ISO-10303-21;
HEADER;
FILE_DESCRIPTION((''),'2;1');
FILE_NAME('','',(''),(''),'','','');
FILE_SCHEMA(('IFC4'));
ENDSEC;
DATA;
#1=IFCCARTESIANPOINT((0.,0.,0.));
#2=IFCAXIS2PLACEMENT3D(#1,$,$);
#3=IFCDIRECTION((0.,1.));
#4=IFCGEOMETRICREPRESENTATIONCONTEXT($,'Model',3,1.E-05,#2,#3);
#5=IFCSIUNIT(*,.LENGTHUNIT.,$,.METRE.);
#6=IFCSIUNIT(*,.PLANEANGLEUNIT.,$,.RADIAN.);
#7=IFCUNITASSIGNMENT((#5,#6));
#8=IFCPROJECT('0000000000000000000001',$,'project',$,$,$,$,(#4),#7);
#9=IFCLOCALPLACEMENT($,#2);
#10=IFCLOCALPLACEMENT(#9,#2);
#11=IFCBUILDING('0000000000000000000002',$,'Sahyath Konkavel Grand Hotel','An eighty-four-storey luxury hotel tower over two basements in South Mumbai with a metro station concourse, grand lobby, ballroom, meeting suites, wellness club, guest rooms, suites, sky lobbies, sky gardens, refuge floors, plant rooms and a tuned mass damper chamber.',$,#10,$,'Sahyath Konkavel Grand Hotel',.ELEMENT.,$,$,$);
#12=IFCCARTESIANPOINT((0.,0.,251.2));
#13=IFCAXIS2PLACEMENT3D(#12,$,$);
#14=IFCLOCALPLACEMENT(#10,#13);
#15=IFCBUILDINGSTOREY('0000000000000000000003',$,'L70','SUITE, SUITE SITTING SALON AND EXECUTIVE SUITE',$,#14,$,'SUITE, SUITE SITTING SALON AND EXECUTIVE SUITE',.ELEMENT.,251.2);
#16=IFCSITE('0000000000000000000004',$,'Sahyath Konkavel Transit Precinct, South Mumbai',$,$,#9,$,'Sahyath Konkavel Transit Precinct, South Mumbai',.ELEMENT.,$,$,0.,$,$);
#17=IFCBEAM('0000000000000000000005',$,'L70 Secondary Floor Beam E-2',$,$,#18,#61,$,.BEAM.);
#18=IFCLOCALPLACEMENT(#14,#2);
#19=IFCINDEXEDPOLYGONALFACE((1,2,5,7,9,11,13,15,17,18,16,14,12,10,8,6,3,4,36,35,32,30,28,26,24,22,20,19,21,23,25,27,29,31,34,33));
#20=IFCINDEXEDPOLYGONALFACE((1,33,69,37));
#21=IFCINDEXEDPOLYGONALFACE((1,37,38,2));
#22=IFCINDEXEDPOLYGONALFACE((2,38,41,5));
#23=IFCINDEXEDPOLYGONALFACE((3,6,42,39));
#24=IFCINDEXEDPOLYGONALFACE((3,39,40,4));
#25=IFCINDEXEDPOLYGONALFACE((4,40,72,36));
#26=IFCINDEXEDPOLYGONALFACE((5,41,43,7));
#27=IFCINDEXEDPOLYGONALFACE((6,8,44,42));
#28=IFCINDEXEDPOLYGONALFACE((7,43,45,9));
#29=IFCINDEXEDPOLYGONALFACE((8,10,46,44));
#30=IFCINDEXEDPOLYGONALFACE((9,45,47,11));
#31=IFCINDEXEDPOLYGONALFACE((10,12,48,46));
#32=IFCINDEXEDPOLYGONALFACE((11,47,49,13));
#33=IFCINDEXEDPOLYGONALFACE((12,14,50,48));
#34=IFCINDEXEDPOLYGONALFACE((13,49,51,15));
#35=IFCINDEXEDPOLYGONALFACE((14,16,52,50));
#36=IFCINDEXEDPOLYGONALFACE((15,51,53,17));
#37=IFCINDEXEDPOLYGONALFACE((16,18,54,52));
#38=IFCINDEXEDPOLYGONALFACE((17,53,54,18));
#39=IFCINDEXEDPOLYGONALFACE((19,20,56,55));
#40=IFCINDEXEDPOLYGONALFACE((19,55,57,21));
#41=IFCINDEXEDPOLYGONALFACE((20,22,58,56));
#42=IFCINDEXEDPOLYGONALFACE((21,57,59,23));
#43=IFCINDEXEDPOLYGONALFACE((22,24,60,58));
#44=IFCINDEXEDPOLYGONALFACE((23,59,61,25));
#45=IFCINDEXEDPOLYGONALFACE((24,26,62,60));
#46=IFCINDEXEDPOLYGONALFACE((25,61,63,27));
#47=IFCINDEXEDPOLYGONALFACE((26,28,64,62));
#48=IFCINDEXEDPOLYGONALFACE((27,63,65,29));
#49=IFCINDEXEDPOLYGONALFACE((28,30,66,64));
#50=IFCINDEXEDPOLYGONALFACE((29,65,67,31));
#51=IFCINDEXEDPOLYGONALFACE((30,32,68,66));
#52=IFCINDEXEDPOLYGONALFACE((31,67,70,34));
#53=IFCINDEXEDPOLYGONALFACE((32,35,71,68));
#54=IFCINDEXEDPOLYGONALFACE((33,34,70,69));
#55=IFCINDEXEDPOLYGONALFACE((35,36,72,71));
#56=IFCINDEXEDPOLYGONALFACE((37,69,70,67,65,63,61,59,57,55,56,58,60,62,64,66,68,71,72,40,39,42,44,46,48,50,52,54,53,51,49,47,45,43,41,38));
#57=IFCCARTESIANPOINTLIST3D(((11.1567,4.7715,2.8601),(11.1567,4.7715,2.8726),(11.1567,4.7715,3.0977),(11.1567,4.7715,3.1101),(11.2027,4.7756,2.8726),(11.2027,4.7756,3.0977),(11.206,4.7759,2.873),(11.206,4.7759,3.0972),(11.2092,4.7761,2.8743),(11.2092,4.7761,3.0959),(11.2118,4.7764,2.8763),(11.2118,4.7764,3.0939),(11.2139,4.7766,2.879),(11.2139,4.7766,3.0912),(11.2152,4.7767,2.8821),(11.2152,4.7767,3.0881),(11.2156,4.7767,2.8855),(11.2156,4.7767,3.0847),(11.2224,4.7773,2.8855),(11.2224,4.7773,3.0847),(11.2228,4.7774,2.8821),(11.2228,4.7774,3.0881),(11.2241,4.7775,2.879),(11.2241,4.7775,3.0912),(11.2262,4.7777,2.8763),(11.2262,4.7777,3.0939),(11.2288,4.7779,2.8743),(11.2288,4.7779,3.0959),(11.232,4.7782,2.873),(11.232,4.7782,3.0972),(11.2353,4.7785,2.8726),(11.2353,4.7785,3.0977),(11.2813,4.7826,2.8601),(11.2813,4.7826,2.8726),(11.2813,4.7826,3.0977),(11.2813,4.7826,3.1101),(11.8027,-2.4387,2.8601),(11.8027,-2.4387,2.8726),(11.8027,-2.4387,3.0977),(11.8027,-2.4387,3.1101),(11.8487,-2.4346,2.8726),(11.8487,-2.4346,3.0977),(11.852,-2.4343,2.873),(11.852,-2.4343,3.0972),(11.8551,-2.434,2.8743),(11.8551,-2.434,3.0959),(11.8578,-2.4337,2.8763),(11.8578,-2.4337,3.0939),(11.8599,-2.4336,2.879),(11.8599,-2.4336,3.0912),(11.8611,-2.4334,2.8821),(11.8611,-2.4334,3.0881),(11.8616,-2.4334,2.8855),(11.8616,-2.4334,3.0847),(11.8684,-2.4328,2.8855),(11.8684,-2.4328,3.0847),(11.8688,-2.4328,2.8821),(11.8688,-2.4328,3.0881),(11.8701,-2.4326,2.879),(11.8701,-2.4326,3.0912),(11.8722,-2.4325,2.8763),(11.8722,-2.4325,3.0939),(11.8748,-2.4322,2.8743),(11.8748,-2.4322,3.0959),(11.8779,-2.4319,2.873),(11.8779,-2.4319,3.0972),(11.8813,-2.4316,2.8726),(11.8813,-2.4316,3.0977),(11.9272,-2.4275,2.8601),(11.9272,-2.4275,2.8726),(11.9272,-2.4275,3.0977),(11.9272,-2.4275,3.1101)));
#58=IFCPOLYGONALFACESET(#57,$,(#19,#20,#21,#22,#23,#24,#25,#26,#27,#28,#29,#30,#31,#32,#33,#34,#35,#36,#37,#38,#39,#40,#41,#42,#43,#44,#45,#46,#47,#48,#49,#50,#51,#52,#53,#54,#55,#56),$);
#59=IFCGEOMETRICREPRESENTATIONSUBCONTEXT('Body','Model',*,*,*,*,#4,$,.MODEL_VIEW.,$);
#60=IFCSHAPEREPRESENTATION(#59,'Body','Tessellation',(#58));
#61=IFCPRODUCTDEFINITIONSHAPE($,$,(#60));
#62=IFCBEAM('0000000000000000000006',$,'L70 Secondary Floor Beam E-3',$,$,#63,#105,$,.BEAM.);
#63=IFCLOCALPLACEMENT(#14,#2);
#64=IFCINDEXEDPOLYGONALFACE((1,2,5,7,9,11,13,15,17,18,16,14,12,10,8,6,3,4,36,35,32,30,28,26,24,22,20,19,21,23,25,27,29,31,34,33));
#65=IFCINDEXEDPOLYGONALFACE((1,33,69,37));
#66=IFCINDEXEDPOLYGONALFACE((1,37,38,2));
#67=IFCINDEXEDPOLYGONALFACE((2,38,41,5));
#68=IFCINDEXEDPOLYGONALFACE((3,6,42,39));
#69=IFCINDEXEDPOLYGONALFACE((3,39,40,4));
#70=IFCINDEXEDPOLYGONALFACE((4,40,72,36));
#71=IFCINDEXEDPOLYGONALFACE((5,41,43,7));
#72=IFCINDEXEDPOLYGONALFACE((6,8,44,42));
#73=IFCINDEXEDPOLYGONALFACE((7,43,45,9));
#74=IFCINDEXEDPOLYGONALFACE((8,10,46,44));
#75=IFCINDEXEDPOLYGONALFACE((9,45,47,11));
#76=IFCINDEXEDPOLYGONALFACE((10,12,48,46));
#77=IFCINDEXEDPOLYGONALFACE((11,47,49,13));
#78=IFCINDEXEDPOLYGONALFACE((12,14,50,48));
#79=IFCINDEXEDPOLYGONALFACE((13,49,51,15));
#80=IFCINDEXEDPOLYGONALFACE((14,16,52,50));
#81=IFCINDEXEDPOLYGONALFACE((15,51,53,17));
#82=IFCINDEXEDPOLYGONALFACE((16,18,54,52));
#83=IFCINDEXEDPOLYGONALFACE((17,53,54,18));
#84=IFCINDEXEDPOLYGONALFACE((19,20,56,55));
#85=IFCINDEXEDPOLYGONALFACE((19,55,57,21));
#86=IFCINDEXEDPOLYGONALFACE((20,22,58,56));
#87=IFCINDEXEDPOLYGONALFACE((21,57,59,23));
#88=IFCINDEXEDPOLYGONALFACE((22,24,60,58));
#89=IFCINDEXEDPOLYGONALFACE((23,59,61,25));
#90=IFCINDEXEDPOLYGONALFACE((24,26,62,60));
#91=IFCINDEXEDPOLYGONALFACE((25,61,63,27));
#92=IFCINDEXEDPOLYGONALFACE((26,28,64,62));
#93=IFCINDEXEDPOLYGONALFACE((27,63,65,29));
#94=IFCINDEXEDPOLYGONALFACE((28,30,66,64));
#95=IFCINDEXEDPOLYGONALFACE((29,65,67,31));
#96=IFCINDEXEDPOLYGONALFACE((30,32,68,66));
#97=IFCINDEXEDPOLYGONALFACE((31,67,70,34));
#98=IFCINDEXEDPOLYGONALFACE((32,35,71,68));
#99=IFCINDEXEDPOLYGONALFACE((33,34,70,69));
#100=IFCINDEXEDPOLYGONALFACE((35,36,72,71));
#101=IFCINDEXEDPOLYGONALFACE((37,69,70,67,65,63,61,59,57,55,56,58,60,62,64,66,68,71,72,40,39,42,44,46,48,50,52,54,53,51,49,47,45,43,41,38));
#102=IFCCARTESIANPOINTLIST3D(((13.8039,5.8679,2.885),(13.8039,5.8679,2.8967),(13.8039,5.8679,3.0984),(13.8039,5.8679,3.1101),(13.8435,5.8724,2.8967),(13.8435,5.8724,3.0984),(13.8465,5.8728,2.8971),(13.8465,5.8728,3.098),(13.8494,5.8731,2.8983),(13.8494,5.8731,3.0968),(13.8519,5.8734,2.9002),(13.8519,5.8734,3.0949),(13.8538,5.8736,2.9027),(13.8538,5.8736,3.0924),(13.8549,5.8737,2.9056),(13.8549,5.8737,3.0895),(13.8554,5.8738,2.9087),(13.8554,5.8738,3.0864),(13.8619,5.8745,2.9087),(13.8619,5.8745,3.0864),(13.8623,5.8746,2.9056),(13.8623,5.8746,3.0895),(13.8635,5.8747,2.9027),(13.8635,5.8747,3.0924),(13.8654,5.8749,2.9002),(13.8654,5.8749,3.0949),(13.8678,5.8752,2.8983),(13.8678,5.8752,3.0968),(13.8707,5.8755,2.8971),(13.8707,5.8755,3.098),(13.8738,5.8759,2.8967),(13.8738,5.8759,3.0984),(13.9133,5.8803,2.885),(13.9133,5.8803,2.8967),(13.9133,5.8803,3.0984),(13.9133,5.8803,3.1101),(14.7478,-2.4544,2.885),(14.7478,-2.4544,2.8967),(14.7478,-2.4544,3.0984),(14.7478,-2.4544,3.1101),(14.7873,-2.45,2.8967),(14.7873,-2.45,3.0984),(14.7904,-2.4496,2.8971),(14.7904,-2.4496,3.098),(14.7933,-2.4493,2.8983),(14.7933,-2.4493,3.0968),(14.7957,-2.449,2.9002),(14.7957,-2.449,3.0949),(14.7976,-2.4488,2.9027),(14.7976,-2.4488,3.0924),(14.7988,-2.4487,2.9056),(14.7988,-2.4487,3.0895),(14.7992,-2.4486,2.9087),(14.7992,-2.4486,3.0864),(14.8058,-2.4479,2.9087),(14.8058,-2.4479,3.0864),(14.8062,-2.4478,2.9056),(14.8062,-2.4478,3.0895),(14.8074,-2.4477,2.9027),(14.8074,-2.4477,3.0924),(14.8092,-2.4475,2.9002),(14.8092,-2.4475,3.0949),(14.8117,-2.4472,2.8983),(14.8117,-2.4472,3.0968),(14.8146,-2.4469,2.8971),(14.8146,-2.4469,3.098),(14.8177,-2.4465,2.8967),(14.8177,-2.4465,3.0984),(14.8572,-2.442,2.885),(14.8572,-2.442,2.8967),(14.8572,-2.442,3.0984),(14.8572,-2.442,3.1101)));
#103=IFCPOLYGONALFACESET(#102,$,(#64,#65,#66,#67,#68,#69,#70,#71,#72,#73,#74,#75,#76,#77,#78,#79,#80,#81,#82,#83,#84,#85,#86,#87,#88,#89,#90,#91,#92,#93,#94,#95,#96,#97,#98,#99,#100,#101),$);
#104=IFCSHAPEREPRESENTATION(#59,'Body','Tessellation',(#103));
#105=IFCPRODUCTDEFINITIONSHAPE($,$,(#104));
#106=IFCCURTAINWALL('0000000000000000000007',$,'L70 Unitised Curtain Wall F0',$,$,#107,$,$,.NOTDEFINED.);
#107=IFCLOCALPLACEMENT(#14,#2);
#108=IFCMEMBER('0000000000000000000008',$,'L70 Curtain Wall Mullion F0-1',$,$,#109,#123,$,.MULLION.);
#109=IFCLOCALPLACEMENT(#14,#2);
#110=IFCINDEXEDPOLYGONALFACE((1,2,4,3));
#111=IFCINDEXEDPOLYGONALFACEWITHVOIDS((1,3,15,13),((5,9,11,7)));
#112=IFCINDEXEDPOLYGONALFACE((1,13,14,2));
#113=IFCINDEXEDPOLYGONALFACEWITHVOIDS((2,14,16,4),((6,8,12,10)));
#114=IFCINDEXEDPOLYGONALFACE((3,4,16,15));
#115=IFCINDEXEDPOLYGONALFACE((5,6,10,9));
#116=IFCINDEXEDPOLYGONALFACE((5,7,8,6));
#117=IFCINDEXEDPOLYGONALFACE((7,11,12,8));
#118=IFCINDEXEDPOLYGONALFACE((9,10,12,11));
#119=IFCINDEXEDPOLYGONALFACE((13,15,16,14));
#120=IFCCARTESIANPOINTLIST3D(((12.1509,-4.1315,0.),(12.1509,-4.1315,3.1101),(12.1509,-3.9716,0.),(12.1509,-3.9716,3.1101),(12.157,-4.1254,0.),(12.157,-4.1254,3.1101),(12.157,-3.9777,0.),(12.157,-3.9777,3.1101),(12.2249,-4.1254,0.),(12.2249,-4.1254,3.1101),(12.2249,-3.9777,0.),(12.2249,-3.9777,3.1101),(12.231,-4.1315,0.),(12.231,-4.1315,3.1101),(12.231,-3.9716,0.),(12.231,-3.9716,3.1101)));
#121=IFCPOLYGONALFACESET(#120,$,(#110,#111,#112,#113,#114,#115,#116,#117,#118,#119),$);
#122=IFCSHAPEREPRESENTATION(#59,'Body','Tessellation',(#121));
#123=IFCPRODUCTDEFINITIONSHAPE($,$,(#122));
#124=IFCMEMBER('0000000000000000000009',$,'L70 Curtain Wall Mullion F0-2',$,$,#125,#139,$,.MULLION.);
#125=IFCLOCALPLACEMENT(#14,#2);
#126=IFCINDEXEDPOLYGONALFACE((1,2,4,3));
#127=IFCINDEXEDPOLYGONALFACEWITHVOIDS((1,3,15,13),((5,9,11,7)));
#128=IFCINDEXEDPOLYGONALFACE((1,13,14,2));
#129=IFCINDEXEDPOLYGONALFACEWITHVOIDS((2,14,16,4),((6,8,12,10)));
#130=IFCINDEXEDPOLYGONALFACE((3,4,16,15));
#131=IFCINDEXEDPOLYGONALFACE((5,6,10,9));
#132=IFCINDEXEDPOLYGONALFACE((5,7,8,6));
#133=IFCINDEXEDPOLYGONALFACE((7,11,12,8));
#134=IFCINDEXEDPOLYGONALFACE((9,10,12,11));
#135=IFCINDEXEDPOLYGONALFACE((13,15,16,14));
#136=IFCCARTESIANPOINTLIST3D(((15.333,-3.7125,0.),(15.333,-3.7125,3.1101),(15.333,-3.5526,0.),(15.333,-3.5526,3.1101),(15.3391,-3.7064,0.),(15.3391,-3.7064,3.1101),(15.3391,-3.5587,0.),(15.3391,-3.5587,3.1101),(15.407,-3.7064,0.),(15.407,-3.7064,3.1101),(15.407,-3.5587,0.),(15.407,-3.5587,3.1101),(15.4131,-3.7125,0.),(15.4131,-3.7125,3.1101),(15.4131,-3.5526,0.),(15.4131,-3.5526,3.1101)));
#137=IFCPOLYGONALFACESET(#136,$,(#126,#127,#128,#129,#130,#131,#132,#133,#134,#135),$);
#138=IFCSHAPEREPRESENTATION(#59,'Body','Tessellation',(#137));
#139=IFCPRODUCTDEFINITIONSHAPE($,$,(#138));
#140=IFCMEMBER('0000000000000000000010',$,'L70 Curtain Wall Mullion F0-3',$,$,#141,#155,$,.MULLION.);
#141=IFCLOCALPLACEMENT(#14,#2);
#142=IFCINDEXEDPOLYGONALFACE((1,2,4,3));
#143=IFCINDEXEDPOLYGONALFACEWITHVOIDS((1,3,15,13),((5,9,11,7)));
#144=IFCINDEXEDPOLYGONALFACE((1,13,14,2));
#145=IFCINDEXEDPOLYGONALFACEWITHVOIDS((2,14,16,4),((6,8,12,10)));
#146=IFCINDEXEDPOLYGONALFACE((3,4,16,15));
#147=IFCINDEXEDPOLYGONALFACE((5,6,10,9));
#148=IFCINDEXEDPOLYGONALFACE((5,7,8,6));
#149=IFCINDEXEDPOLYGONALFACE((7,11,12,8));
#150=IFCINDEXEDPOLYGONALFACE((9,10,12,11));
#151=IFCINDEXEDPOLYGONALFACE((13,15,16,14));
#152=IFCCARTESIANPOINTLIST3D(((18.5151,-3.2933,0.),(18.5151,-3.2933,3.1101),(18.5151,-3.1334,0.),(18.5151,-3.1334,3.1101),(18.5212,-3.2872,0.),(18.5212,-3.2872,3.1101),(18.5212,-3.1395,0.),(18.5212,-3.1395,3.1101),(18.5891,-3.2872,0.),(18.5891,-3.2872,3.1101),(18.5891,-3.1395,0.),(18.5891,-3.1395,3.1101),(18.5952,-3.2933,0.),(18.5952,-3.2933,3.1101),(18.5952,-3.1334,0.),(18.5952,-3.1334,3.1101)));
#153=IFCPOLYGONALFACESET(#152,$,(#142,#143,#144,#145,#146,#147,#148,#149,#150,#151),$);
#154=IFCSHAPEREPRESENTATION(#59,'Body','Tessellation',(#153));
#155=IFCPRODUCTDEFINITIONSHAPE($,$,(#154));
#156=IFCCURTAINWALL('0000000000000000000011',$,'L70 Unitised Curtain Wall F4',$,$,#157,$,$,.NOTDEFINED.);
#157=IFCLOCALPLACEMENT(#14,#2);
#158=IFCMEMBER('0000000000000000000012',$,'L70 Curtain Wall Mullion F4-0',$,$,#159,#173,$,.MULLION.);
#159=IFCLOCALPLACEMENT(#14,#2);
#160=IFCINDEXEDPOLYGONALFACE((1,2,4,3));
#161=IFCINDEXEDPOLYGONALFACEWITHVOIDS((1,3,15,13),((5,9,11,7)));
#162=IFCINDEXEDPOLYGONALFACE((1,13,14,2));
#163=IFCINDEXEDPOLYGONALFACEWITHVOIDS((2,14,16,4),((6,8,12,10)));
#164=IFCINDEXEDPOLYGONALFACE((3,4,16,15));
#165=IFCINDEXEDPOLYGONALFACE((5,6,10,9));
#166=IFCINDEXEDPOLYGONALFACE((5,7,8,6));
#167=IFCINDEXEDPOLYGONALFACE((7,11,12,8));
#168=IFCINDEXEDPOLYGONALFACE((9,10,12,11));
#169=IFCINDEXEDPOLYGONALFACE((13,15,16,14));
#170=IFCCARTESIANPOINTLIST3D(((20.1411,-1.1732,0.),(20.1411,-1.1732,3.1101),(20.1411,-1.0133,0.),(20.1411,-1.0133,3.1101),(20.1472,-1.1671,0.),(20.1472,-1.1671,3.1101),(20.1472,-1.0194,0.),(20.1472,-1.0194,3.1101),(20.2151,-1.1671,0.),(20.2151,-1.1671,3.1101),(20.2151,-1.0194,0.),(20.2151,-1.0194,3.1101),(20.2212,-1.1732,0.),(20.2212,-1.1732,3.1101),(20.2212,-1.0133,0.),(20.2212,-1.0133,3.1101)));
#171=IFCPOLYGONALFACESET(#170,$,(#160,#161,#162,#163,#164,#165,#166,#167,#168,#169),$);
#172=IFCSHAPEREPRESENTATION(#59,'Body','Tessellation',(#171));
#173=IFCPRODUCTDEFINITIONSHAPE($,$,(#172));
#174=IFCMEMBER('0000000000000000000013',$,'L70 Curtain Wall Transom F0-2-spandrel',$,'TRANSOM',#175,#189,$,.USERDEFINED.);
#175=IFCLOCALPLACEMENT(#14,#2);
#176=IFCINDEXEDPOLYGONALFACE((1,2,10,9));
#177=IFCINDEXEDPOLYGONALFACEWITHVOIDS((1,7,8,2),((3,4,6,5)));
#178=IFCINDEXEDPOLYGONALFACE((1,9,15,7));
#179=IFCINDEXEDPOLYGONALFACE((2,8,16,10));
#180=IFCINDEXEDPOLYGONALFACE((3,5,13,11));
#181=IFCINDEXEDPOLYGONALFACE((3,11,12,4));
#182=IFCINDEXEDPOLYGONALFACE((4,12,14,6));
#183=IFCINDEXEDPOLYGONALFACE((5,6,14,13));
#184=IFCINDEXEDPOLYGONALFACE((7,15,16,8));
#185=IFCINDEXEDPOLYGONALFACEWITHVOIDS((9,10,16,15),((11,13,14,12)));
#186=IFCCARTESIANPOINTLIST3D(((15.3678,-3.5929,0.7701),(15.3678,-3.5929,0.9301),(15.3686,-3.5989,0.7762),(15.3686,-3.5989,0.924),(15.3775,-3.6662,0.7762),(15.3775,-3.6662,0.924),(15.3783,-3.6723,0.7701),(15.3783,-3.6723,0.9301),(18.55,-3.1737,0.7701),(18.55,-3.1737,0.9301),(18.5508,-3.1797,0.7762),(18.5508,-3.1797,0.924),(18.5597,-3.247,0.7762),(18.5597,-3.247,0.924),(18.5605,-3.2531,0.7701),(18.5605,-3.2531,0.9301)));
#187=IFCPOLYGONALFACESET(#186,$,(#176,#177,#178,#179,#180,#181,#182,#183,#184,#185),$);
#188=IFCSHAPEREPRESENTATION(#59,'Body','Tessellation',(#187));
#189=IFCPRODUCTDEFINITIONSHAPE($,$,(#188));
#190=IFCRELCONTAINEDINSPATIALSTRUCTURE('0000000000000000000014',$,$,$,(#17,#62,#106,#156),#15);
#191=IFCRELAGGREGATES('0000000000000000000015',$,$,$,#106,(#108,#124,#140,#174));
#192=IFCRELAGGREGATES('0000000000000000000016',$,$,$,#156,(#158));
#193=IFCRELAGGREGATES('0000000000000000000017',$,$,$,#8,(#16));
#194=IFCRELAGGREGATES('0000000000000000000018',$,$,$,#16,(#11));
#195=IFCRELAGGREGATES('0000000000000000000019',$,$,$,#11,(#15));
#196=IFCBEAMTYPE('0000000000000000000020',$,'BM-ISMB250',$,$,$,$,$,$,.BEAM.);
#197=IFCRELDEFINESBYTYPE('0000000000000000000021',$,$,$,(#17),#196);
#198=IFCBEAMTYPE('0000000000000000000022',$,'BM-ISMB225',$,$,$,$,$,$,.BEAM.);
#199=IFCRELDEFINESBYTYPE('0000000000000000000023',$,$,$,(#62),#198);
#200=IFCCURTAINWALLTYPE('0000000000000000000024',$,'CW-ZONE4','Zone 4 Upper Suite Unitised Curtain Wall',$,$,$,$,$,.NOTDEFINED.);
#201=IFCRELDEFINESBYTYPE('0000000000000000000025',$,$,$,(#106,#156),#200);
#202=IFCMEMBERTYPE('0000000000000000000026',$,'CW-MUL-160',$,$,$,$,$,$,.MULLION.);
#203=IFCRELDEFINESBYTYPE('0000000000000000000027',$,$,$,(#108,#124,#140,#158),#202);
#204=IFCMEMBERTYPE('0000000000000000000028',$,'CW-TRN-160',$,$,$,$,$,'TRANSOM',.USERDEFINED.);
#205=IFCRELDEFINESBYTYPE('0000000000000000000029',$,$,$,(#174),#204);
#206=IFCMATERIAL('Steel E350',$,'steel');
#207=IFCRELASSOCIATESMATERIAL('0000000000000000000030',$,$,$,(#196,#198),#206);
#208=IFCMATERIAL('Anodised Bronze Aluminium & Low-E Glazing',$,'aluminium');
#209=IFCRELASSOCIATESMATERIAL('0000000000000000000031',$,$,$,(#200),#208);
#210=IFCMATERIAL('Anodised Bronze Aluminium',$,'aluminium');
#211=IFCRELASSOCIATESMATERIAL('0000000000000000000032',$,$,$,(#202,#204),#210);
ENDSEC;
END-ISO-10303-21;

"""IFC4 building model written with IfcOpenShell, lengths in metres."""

from ifc_helpers import new_model, si_unit, direction, frame, origin, origin_2d, place, context, subcontext, project, spatial, hollow_rectangle, i_section, extrude, source, transform, mapped, material, material_profile, profile_set, type_object, element, aggregate, save


model = new_model("IFC4")

# Units and contexts
model_context = context("Model", 3, precision=1e-05, world=origin(), true_north=direction((0.0, 1.0)))
body_context = subcontext(model_context, "Body", "Model", "MODEL_VIEW")
ifc_project = project(units=[si_unit("LENGTHUNIT", "METRE"), si_unit("PLANEANGLEUNIT", "RADIAN")], contexts=[model_context])

# Site, building, storey
site_placement = place(None, origin())
site = spatial("IfcSite", under=ifc_project, at=site_placement, Name="Sahyath Konkavel Transit Precinct, South Mumbai", LongName="Sahyath Konkavel Transit Precinct, South Mumbai", CompositionType="ELEMENT", RefElevation=0.0)
building_placement = place(site_placement, origin())
building = spatial("IfcBuilding", under=site, at=building_placement, Name="Sahyath Konkavel Grand Hotel", Description="An eighty-four-storey luxury hotel tower over two basements in South Mumbai with a metro station concourse, grand lobby, ballroom, meeting suites, wellness club, guest rooms, suites, sky lobbies, sky gardens, refuge floors, plant rooms and a tuned mass damper chamber.", LongName="Sahyath Konkavel Grand Hotel", CompositionType="ELEMENT")
storey_placement = place(building_placement, frame((0.0, 0.0, 251.2)))
storey = spatial("IfcBuildingStorey", under=building, at=storey_placement, Name="L70", Description="SUITE, SUITE SITTING SALON AND EXECUTIVE SUITE", LongName="SUITE, SUITE SITTING SALON AND EXECUTIVE SUITE", CompositionType="ELEMENT", Elevation=251.2)

# Beams
ifc_material_1 = material(Name="Steel E350", Category="steel")
ifc_material_profile_1 = material_profile(ifc_material_1, i_section(OverallWidth=0.125, OverallDepth=0.25, WebThickness=0.0068, FlangeThickness=0.0125, FilletRadius=0.0129, at=origin_2d()), Name="ISMB 250")
ifc_profile_set_1 = profile_set([ifc_material_profile_1], Name="Steel E350")
beam_type_1 = type_object("IfcBeamType", Name="BM-ISMB250", PredefinedType="BEAM", material=ifc_profile_set_1)
shared_shape_1 = source(origin(), body_context, "Body", "SweptSolid", [
    extrude(i_section(OverallWidth=0.125, OverallDepth=0.25, WebThickness=0.0068, FlangeThickness=0.0125, FilletRadius=0.0129, at=origin_2d()), origin(), (0.0, 0.0, 1.0), 7.239),
])
beam_1_placement = place(storey_placement, frame((11.865, -2.4331, 2.9851), z_axis=(-0.089237, 0.99601, 0.0), x_axis=(-0.99601, -0.089237, 0.0)))
element("IfcBeam", 1, at=beam_1_placement, inside=storey, type_object=beam_type_1, Name="L70 Secondary Floor Beam E-2", PredefinedType="BEAM", context=body_context, shape_type="MappedRepresentation", body=[
    mapped(shared_shape_1, transform((0.0, 0.0, 0.0), scale=1.0)),
])
ifc_material_profile_2 = material_profile(ifc_material_1, i_section(OverallWidth=0.1101, OverallDepth=0.2251, WebThickness=0.0066, FlangeThickness=0.0117, FilletRadius=0.012, at=origin_2d()), Name="ISMB 225")
ifc_profile_set_2 = profile_set([ifc_material_profile_2], Name="Steel E350")
beam_type_2 = type_object("IfcBeamType", Name="BM-ISMB225", PredefinedType="BEAM", material=ifc_profile_set_2)
shared_shape_2 = source(origin(), body_context, "Body", "SweptSolid", [
    extrude(i_section(OverallWidth=0.1101, OverallDepth=0.2251, WebThickness=0.0066, FlangeThickness=0.0117, FilletRadius=0.012, at=origin_2d()), origin(), (0.0, 0.0, 1.0), 8.3757),
])
beam_2_placement = place(storey_placement, frame((14.8025, -2.4482, 2.9976), z_axis=(-0.11269, 0.99363, 0.0), x_axis=(-0.99363, -0.11269, 0.0)))
element("IfcBeam", 2, at=beam_2_placement, inside=storey, type_object=beam_type_2, Name="L70 Secondary Floor Beam E-3", PredefinedType="BEAM", context=body_context, shape_type="MappedRepresentation", body=[
    mapped(shared_shape_2, transform((0.0, 0.0, 0.0), scale=1.0)),
])

# Curtain wall, members
ifc_material_2 = material(Name="Anodised Bronze Aluminium & Low-E Glazing", Category="aluminium")
curtain_wall_type = type_object("IfcCurtainWallType", Name="CW-ZONE4", Description="Zone 4 Upper Suite Unitised Curtain Wall", PredefinedType="NOTDEFINED", material=ifc_material_2)
curtain_wall_1_placement = place(storey_placement, origin())
curtain_wall_1 = element("IfcCurtainWall", 3, at=curtain_wall_1_placement, inside=storey, type_object=curtain_wall_type, Name="L70 Unitised Curtain Wall F0", PredefinedType="NOTDEFINED")
ifc_material_3 = material(Name="Anodised Bronze Aluminium", Category="aluminium")
ifc_material_profile_3 = material_profile(ifc_material_3, hollow_rectangle(XDim=0.0801, YDim=0.1599, WallThickness=0.0061, at=origin_2d()), Name="RHS 160x80x6")
ifc_profile_set_3 = profile_set([ifc_material_profile_3], Name="Anodised Bronze Aluminium")
member_type_1 = type_object("IfcMemberType", Name="CW-MUL-160", PredefinedType="MULLION", material=ifc_profile_set_3)
shared_shape_3 = source(origin(), body_context, "Body", "SweptSolid", [
    extrude(hollow_rectangle(XDim=0.0801, YDim=0.1599, WallThickness=0.0061, at=origin_2d()), origin(), (0.0, 0.0, 1.0), 3.1101),
])
member_1_placement = place(storey_placement, frame((12.1909, -4.0515, 0.0), z_axis=(0.0, 0.0, 1.0), x_axis=(1.0, 0.0, 0.0)))
member_1 = element("IfcMember", 4, at=member_1_placement, type_object=member_type_1, Name="L70 Curtain Wall Mullion F0-1", PredefinedType="MULLION", context=body_context, shape_type="MappedRepresentation", body=[
    mapped(shared_shape_3, transform((0.0, 0.0, 0.0), scale=1.0)),
])
member_2_placement = place(storey_placement, frame((15.373, -3.6326, 0.0), z_axis=(0.0, 0.0, 1.0), x_axis=(1.0, 0.0, 0.0)))
member_2 = element("IfcMember", 5, at=member_2_placement, type_object=member_type_1, Name="L70 Curtain Wall Mullion F0-2", PredefinedType="MULLION", context=body_context, shape_type="MappedRepresentation", body=[
    mapped(shared_shape_3, transform((0.0, 0.0, 0.0), scale=1.0)),
])
member_3_placement = place(storey_placement, frame((18.5552, -3.2134, 0.0), z_axis=(0.0, 0.0, 1.0), x_axis=(1.0, 0.0, 0.0)))
member_3 = element("IfcMember", 6, at=member_3_placement, type_object=member_type_1, Name="L70 Curtain Wall Mullion F0-3", PredefinedType="MULLION", context=body_context, shape_type="MappedRepresentation", body=[
    mapped(shared_shape_3, transform((0.0, 0.0, 0.0), scale=1.0)),
])

# Curtain wall, member
curtain_wall_2_placement = place(storey_placement, origin())
curtain_wall_2 = element("IfcCurtainWall", 7, at=curtain_wall_2_placement, inside=storey, type_object=curtain_wall_type, Name="L70 Unitised Curtain Wall F4", PredefinedType="NOTDEFINED")
member_4_placement = place(storey_placement, frame((20.1812, -1.0933, 0.0), z_axis=(0.0, 0.0, 1.0), x_axis=(1.0, 0.0, 0.0)))
member_4 = element("IfcMember", 8, at=member_4_placement, type_object=member_type_1, Name="L70 Curtain Wall Mullion F4-0", PredefinedType="MULLION", context=body_context, shape_type="MappedRepresentation", body=[
    mapped(shared_shape_3, transform((0.0, 0.0, 0.0), scale=1.0)),
])

# Member
ifc_material_profile_4 = material_profile(ifc_material_3, hollow_rectangle(XDim=0.0801, YDim=0.1599, WallThickness=0.0061, at=origin_2d()), Name="RHS 160x80x6")
ifc_profile_set_4 = profile_set([ifc_material_profile_4], Name="Anodised Bronze Aluminium")
member_type_2 = type_object("IfcMemberType", Name="CW-TRN-160", ElementType="TRANSOM", PredefinedType="USERDEFINED", material=ifc_profile_set_4)
shared_shape_4 = source(origin(), body_context, "Body", "SweptSolid", [
    extrude(hollow_rectangle(XDim=0.0801, YDim=0.1599, WallThickness=0.0061, at=origin_2d()), origin(), (0.0, 0.0, 1.0), 3.2097),
])
member_5_placement = place(storey_placement, frame((15.373, -3.6326, 0.8501), z_axis=(0.991435, 0.130604, 0.0), x_axis=(-0.130604, 0.991435, 0.0)))
member_5 = element("IfcMember", 9, at=member_5_placement, type_object=member_type_2, Name="L70 Curtain Wall Transom F0-2-spandrel", ObjectType="TRANSOM", PredefinedType="USERDEFINED", context=body_context, shape_type="MappedRepresentation", body=[
    mapped(shared_shape_4, transform((0.0, 0.0, 0.0), scale=1.0)),
])

aggregate(curtain_wall_1, [member_1, member_2, member_3, member_5])
aggregate(curtain_wall_2, [member_4])

save(model, "model.ifc")
